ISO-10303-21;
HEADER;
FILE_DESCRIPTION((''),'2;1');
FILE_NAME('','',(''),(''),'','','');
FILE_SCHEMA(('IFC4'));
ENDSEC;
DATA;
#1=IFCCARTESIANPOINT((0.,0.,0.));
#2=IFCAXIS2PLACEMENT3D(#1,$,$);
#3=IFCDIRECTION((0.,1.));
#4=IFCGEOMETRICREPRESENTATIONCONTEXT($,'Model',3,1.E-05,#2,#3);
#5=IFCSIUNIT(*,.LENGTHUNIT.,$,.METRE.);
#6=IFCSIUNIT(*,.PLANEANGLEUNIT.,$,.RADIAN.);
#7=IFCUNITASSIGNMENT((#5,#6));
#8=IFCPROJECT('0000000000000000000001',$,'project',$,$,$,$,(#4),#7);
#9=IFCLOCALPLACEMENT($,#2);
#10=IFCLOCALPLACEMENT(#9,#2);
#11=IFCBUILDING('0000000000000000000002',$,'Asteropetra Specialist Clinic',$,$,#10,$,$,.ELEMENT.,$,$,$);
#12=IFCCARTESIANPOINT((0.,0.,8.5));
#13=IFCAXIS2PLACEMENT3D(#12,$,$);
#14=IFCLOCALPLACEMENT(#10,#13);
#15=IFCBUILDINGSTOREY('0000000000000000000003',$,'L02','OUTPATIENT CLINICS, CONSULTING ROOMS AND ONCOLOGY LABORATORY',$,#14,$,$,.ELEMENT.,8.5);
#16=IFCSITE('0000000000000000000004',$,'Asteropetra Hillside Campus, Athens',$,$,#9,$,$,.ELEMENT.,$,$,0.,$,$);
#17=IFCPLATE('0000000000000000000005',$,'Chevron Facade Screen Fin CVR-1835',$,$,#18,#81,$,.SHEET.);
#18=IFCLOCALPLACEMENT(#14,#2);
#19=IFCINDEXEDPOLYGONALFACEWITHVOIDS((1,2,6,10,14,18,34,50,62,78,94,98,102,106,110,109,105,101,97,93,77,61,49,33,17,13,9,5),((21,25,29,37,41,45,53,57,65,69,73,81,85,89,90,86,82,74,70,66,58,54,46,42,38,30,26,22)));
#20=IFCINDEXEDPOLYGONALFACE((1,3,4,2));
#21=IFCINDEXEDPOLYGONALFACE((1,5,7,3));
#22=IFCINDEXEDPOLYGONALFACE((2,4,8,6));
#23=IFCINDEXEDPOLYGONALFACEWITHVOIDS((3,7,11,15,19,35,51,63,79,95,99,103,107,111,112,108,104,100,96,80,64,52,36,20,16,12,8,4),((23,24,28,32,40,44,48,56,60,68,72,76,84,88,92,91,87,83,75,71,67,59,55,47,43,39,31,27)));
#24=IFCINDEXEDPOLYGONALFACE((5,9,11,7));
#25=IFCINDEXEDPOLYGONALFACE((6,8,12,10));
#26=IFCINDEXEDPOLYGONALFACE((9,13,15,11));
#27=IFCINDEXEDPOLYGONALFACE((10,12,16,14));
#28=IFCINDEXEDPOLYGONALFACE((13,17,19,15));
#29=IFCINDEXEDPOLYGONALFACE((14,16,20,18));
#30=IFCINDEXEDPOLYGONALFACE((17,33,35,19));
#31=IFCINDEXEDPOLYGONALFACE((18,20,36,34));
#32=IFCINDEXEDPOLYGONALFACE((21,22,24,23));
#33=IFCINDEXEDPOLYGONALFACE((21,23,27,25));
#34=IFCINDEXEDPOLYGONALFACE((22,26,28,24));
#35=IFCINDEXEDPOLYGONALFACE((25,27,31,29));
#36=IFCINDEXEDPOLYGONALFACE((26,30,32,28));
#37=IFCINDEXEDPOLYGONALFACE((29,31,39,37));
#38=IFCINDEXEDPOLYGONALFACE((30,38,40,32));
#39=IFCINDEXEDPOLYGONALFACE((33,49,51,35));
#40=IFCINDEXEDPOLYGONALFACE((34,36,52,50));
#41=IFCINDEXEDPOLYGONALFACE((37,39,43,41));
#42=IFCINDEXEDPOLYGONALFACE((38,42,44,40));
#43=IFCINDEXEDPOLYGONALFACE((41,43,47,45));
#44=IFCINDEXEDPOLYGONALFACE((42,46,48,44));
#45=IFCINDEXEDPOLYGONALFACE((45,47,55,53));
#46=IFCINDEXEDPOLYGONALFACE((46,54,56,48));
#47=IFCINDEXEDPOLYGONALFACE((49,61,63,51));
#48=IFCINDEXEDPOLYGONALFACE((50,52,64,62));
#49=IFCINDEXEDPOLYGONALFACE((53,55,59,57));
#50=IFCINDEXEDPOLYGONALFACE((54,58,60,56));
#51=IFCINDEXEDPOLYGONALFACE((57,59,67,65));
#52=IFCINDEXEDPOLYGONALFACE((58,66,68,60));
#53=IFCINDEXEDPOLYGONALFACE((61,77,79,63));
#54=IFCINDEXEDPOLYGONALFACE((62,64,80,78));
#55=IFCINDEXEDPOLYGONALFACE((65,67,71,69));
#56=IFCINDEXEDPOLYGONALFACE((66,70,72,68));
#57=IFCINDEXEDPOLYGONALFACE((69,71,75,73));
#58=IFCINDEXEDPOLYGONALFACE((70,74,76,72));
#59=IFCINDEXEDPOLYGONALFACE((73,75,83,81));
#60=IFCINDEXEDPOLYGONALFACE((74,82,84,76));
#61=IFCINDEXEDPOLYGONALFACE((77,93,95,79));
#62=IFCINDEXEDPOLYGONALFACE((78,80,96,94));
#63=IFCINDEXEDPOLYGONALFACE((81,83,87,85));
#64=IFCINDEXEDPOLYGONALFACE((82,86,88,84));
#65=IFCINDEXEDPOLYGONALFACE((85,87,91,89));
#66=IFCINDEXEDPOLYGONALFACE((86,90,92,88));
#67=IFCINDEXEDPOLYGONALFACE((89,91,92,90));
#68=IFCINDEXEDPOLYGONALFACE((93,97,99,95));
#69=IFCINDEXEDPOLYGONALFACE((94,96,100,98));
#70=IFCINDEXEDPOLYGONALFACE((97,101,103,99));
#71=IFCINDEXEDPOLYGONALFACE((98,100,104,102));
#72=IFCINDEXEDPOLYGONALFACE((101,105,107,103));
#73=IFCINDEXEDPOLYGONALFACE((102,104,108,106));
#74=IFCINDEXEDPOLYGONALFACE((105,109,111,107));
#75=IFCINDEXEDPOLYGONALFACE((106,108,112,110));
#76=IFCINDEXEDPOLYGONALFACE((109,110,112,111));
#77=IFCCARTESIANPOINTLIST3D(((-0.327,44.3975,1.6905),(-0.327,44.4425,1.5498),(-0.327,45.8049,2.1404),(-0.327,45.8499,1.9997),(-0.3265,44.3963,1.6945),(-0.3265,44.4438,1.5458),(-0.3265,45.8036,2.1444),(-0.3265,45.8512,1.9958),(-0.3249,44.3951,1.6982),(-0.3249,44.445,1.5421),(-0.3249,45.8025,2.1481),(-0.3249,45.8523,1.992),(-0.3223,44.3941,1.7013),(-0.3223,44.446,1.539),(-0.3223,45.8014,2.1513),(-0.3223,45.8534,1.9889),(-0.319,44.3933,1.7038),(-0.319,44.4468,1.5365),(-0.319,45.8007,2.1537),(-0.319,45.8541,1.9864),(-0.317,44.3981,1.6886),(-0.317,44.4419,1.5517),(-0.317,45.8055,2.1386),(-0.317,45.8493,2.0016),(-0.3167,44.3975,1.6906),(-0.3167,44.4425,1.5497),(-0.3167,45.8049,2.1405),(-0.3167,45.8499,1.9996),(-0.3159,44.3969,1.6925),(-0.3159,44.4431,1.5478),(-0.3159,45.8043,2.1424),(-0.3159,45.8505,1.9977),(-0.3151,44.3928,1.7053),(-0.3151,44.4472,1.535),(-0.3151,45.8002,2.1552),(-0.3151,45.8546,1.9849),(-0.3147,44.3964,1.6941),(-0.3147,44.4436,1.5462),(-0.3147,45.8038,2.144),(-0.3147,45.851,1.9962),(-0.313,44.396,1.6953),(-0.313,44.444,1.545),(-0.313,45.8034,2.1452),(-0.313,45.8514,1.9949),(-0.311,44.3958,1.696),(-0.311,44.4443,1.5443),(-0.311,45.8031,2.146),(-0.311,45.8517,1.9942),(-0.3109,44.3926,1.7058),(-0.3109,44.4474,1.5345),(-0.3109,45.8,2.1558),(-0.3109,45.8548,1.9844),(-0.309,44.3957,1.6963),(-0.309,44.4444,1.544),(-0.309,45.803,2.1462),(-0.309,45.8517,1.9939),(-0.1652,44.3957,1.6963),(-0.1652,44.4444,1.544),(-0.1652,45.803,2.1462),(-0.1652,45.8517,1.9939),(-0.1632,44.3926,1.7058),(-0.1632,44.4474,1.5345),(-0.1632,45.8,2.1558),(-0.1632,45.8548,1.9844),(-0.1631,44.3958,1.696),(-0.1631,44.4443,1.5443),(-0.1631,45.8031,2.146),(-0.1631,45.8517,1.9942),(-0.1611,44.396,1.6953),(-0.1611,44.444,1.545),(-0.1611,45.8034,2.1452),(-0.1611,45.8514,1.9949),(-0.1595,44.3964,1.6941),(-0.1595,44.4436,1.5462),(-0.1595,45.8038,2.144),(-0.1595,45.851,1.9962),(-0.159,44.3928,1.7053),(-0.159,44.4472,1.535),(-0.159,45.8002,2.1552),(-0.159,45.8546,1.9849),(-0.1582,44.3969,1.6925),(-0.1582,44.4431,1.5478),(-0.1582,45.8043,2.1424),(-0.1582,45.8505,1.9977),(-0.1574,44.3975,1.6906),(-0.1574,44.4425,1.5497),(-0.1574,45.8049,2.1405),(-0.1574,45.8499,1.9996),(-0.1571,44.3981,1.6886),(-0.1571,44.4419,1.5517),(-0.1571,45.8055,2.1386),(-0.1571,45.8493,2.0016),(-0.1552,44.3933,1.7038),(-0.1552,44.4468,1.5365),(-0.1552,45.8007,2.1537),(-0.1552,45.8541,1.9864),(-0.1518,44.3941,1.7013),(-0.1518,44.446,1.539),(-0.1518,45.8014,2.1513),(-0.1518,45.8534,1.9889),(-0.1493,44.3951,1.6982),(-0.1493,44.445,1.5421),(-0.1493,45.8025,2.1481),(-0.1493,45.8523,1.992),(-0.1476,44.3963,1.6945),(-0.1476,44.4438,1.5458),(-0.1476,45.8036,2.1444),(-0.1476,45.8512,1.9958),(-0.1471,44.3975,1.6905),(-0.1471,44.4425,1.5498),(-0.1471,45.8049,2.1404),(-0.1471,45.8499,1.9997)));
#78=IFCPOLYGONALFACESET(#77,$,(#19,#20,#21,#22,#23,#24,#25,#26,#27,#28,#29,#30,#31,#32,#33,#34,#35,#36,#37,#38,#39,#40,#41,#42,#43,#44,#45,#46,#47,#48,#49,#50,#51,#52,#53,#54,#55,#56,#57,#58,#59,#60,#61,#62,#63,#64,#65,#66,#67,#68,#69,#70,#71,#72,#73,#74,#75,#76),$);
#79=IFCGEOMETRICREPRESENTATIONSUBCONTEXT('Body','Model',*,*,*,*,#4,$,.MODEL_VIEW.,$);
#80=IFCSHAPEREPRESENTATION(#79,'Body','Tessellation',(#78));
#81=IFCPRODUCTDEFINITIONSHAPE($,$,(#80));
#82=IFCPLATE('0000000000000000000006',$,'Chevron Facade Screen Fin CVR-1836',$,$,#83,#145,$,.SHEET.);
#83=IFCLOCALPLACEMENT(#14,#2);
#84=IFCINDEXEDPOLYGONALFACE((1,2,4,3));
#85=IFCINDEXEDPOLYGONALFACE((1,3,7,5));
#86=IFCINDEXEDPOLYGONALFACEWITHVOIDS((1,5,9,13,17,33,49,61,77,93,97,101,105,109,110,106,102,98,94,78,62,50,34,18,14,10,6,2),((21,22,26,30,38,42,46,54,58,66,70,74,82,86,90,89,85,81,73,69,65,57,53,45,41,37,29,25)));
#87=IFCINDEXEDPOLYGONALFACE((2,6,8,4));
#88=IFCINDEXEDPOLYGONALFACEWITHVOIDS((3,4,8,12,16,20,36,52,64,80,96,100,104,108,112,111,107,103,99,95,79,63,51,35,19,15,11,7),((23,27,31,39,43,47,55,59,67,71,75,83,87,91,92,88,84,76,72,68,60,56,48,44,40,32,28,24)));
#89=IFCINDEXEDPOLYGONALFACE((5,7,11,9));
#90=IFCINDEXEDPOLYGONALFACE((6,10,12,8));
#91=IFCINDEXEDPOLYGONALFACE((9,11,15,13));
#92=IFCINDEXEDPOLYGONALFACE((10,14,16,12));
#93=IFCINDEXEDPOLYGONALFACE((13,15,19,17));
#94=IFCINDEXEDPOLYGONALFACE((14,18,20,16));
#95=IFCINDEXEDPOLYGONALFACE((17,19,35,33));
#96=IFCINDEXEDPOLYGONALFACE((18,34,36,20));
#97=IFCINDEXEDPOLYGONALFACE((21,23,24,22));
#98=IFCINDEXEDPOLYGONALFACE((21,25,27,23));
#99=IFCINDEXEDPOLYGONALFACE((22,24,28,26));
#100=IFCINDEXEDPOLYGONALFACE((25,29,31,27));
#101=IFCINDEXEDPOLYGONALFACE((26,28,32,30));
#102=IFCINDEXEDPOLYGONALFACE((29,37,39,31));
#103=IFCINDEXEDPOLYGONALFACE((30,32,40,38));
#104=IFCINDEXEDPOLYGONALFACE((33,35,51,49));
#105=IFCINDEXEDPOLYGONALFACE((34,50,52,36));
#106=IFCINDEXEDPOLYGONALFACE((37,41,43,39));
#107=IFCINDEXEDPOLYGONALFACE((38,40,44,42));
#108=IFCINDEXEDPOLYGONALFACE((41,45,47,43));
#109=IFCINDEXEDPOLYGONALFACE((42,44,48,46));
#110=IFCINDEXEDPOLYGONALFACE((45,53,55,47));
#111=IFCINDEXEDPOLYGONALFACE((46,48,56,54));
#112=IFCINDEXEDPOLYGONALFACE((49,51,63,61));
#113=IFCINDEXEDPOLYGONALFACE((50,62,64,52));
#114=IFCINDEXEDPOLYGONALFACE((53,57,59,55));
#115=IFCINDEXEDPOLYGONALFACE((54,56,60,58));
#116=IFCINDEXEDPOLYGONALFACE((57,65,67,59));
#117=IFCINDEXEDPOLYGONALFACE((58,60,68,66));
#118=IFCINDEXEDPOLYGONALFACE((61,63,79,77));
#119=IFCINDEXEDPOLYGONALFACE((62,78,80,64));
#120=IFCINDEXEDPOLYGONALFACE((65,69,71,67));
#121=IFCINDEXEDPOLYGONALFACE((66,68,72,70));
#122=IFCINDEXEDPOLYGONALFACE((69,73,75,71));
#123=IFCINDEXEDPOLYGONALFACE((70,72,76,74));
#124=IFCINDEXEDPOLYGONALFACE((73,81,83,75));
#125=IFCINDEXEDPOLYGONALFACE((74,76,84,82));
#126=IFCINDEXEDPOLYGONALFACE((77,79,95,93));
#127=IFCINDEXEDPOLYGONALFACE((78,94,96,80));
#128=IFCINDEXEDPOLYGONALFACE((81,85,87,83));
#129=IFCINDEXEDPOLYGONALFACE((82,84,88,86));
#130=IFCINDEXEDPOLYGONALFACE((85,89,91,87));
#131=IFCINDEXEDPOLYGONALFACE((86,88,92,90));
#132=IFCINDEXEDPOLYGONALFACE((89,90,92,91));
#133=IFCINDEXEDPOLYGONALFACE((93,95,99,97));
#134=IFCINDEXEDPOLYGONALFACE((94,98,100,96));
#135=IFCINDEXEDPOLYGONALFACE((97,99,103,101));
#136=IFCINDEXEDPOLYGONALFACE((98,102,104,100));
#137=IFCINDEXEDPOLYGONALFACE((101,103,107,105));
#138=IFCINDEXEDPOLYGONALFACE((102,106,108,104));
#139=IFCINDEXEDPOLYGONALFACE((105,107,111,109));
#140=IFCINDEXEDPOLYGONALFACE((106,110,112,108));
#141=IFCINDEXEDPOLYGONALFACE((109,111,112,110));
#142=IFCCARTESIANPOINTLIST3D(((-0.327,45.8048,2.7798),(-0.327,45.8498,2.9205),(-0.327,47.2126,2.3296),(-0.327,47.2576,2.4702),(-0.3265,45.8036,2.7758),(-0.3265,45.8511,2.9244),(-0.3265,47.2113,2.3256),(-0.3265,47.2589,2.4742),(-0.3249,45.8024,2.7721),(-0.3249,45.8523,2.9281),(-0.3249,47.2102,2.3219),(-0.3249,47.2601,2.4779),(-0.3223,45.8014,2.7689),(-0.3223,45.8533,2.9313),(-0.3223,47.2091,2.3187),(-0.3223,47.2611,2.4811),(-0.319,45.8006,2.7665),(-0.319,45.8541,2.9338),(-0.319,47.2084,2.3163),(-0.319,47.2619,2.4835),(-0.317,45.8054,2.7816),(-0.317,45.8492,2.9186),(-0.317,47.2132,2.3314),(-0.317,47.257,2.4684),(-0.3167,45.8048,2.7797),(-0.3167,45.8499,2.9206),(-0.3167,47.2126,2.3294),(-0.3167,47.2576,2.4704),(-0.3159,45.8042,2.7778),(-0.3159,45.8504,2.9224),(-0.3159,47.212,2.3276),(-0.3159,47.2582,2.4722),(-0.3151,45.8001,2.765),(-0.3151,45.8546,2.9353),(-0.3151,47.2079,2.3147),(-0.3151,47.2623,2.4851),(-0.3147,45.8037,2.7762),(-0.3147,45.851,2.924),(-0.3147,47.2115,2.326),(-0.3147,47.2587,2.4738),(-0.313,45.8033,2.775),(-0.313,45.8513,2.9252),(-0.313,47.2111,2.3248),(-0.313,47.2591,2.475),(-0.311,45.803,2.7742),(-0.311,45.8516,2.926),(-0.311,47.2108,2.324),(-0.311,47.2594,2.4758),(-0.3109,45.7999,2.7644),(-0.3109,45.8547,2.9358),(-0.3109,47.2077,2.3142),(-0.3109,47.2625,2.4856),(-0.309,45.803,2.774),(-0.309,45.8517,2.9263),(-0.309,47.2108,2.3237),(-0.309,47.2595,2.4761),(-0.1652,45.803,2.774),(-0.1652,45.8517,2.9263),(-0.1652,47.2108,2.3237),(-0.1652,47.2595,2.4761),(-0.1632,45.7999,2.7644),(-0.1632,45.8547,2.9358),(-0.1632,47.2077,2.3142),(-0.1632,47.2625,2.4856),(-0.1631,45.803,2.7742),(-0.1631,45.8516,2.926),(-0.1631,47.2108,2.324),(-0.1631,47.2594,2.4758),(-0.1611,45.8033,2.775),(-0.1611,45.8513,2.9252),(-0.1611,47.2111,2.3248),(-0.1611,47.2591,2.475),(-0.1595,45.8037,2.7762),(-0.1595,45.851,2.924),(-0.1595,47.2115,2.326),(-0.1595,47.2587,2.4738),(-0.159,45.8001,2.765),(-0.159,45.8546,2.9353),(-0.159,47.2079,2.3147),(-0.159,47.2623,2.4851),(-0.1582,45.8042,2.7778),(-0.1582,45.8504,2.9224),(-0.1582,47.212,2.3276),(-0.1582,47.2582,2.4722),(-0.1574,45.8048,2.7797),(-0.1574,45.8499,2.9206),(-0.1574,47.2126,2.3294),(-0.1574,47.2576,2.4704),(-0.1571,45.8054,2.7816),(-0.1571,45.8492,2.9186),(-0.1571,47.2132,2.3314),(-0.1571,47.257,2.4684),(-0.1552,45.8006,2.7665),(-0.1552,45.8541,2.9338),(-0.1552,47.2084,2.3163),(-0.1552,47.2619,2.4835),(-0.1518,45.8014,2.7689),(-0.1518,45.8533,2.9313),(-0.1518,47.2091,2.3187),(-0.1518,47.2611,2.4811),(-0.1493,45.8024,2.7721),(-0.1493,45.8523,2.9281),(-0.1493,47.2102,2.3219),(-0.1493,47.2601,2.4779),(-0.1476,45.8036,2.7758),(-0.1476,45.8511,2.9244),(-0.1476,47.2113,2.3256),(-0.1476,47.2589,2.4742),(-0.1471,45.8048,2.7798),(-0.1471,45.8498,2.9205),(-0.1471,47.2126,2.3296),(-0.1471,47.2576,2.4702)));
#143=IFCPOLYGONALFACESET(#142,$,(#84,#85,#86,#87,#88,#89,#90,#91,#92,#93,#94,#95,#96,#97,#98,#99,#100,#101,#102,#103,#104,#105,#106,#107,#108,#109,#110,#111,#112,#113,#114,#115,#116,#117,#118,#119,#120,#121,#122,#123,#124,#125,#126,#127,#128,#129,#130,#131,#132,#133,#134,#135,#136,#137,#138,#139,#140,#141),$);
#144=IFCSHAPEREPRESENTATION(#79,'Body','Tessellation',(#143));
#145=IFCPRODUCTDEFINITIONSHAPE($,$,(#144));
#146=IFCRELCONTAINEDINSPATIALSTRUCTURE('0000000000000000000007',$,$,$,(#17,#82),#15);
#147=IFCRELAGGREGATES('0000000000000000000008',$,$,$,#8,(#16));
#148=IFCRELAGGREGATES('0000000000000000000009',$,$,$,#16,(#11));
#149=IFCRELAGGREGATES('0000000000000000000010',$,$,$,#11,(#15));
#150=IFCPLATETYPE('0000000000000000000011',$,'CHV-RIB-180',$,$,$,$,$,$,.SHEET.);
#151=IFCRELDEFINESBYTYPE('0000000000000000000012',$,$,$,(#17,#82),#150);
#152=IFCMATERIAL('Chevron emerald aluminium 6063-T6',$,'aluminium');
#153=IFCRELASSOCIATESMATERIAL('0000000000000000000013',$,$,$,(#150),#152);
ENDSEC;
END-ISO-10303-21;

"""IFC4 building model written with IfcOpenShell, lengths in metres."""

from ifc_helpers import new_model, si_unit, direction, frame, origin, origin_2d, place, context, subcontext, project, spatial, hollow_rectangle, extrude, material, material_profile, profile_set, type_object, element, save


model = new_model("IFC4")

# Units and contexts
model_context = context("Model", 3, precision=1e-05, world=origin(), true_north=direction((0.0, 1.0)))
body_context = subcontext(model_context, "Body", "Model", "MODEL_VIEW")
ifc_project = project(units=[si_unit("LENGTHUNIT", "METRE"), si_unit("PLANEANGLEUNIT", "RADIAN")], contexts=[model_context])

# Site, building, storey
site_placement = place(None, origin())
site = spatial("IfcSite", under=ifc_project, at=site_placement, Name="Asteropetra Hillside Campus, Athens", CompositionType="ELEMENT", RefElevation=0.0)
building_placement = place(site_placement, origin())
building = spatial("IfcBuilding", under=site, at=building_placement, Name="Asteropetra Specialist Clinic", CompositionType="ELEMENT")
storey_placement = place(building_placement, frame((0.0, 0.0, 8.5)))
storey = spatial("IfcBuildingStorey", under=building, at=storey_placement, Name="L02", Description="OUTPATIENT CLINICS, CONSULTING ROOMS AND ONCOLOGY LABORATORY", CompositionType="ELEMENT", Elevation=8.5)

# Plates
ifc_material = material(Name="Chevron emerald aluminium 6063-T6", Category="aluminium")
ifc_material_profile = material_profile(ifc_material, hollow_rectangle(XDim=0.1799, YDim=0.1799, WallThickness=0.01, InnerFilletRadius=0.0081, OuterFilletRadius=0.0161, at=origin_2d()), Name="SHS 180x180x10.0")
ifc_profile_set = profile_set([ifc_material_profile], Name="Chevron emerald aluminium 6063-T6")
plate_type = type_object("IfcPlateType", Name="CHV-RIB-180", PredefinedType="SHEET", material=ifc_profile_set)
plate_1_placement = place(storey_placement, frame((-0.2371, 45.8274, 2.0701), z_axis=(0.0, -0.95251, -0.304506), x_axis=(1.0, 0.0, 0.0)))
element("IfcPlate", 1, at=plate_1_placement, inside=storey, type_object=plate_type, Name="Chevron Facade Screen Fin CVR-1835", PredefinedType="SHEET", context=body_context, shape_type="SweptSolid", body=[
    extrude(hollow_rectangle(XDim=0.1799, YDim=0.1799, WallThickness=0.01, InnerFilletRadius=0.0081, OuterFilletRadius=0.0161, at=origin_2d()), origin(), (0.0, 0.0, 1.0), 1.4775),
])
plate_2_placement = place(storey_placement, frame((-0.2371, 47.2351, 2.3999), z_axis=(0.0, -0.952478, 0.304608), x_axis=(1.0, 0.0, 0.0)))
element("IfcPlate", 2, at=plate_2_placement, inside=storey, type_object=plate_type, Name="Chevron Facade Screen Fin CVR-1836", PredefinedType="SHEET", context=body_context, shape_type="SweptSolid", body=[
    extrude(hollow_rectangle(XDim=0.1799, YDim=0.1799, WallThickness=0.01, InnerFilletRadius=0.0081, OuterFilletRadius=0.0161, at=origin_2d()), origin(), (0.0, 0.0, 1.0), 1.478),
])

save(model, "model.ifc")
